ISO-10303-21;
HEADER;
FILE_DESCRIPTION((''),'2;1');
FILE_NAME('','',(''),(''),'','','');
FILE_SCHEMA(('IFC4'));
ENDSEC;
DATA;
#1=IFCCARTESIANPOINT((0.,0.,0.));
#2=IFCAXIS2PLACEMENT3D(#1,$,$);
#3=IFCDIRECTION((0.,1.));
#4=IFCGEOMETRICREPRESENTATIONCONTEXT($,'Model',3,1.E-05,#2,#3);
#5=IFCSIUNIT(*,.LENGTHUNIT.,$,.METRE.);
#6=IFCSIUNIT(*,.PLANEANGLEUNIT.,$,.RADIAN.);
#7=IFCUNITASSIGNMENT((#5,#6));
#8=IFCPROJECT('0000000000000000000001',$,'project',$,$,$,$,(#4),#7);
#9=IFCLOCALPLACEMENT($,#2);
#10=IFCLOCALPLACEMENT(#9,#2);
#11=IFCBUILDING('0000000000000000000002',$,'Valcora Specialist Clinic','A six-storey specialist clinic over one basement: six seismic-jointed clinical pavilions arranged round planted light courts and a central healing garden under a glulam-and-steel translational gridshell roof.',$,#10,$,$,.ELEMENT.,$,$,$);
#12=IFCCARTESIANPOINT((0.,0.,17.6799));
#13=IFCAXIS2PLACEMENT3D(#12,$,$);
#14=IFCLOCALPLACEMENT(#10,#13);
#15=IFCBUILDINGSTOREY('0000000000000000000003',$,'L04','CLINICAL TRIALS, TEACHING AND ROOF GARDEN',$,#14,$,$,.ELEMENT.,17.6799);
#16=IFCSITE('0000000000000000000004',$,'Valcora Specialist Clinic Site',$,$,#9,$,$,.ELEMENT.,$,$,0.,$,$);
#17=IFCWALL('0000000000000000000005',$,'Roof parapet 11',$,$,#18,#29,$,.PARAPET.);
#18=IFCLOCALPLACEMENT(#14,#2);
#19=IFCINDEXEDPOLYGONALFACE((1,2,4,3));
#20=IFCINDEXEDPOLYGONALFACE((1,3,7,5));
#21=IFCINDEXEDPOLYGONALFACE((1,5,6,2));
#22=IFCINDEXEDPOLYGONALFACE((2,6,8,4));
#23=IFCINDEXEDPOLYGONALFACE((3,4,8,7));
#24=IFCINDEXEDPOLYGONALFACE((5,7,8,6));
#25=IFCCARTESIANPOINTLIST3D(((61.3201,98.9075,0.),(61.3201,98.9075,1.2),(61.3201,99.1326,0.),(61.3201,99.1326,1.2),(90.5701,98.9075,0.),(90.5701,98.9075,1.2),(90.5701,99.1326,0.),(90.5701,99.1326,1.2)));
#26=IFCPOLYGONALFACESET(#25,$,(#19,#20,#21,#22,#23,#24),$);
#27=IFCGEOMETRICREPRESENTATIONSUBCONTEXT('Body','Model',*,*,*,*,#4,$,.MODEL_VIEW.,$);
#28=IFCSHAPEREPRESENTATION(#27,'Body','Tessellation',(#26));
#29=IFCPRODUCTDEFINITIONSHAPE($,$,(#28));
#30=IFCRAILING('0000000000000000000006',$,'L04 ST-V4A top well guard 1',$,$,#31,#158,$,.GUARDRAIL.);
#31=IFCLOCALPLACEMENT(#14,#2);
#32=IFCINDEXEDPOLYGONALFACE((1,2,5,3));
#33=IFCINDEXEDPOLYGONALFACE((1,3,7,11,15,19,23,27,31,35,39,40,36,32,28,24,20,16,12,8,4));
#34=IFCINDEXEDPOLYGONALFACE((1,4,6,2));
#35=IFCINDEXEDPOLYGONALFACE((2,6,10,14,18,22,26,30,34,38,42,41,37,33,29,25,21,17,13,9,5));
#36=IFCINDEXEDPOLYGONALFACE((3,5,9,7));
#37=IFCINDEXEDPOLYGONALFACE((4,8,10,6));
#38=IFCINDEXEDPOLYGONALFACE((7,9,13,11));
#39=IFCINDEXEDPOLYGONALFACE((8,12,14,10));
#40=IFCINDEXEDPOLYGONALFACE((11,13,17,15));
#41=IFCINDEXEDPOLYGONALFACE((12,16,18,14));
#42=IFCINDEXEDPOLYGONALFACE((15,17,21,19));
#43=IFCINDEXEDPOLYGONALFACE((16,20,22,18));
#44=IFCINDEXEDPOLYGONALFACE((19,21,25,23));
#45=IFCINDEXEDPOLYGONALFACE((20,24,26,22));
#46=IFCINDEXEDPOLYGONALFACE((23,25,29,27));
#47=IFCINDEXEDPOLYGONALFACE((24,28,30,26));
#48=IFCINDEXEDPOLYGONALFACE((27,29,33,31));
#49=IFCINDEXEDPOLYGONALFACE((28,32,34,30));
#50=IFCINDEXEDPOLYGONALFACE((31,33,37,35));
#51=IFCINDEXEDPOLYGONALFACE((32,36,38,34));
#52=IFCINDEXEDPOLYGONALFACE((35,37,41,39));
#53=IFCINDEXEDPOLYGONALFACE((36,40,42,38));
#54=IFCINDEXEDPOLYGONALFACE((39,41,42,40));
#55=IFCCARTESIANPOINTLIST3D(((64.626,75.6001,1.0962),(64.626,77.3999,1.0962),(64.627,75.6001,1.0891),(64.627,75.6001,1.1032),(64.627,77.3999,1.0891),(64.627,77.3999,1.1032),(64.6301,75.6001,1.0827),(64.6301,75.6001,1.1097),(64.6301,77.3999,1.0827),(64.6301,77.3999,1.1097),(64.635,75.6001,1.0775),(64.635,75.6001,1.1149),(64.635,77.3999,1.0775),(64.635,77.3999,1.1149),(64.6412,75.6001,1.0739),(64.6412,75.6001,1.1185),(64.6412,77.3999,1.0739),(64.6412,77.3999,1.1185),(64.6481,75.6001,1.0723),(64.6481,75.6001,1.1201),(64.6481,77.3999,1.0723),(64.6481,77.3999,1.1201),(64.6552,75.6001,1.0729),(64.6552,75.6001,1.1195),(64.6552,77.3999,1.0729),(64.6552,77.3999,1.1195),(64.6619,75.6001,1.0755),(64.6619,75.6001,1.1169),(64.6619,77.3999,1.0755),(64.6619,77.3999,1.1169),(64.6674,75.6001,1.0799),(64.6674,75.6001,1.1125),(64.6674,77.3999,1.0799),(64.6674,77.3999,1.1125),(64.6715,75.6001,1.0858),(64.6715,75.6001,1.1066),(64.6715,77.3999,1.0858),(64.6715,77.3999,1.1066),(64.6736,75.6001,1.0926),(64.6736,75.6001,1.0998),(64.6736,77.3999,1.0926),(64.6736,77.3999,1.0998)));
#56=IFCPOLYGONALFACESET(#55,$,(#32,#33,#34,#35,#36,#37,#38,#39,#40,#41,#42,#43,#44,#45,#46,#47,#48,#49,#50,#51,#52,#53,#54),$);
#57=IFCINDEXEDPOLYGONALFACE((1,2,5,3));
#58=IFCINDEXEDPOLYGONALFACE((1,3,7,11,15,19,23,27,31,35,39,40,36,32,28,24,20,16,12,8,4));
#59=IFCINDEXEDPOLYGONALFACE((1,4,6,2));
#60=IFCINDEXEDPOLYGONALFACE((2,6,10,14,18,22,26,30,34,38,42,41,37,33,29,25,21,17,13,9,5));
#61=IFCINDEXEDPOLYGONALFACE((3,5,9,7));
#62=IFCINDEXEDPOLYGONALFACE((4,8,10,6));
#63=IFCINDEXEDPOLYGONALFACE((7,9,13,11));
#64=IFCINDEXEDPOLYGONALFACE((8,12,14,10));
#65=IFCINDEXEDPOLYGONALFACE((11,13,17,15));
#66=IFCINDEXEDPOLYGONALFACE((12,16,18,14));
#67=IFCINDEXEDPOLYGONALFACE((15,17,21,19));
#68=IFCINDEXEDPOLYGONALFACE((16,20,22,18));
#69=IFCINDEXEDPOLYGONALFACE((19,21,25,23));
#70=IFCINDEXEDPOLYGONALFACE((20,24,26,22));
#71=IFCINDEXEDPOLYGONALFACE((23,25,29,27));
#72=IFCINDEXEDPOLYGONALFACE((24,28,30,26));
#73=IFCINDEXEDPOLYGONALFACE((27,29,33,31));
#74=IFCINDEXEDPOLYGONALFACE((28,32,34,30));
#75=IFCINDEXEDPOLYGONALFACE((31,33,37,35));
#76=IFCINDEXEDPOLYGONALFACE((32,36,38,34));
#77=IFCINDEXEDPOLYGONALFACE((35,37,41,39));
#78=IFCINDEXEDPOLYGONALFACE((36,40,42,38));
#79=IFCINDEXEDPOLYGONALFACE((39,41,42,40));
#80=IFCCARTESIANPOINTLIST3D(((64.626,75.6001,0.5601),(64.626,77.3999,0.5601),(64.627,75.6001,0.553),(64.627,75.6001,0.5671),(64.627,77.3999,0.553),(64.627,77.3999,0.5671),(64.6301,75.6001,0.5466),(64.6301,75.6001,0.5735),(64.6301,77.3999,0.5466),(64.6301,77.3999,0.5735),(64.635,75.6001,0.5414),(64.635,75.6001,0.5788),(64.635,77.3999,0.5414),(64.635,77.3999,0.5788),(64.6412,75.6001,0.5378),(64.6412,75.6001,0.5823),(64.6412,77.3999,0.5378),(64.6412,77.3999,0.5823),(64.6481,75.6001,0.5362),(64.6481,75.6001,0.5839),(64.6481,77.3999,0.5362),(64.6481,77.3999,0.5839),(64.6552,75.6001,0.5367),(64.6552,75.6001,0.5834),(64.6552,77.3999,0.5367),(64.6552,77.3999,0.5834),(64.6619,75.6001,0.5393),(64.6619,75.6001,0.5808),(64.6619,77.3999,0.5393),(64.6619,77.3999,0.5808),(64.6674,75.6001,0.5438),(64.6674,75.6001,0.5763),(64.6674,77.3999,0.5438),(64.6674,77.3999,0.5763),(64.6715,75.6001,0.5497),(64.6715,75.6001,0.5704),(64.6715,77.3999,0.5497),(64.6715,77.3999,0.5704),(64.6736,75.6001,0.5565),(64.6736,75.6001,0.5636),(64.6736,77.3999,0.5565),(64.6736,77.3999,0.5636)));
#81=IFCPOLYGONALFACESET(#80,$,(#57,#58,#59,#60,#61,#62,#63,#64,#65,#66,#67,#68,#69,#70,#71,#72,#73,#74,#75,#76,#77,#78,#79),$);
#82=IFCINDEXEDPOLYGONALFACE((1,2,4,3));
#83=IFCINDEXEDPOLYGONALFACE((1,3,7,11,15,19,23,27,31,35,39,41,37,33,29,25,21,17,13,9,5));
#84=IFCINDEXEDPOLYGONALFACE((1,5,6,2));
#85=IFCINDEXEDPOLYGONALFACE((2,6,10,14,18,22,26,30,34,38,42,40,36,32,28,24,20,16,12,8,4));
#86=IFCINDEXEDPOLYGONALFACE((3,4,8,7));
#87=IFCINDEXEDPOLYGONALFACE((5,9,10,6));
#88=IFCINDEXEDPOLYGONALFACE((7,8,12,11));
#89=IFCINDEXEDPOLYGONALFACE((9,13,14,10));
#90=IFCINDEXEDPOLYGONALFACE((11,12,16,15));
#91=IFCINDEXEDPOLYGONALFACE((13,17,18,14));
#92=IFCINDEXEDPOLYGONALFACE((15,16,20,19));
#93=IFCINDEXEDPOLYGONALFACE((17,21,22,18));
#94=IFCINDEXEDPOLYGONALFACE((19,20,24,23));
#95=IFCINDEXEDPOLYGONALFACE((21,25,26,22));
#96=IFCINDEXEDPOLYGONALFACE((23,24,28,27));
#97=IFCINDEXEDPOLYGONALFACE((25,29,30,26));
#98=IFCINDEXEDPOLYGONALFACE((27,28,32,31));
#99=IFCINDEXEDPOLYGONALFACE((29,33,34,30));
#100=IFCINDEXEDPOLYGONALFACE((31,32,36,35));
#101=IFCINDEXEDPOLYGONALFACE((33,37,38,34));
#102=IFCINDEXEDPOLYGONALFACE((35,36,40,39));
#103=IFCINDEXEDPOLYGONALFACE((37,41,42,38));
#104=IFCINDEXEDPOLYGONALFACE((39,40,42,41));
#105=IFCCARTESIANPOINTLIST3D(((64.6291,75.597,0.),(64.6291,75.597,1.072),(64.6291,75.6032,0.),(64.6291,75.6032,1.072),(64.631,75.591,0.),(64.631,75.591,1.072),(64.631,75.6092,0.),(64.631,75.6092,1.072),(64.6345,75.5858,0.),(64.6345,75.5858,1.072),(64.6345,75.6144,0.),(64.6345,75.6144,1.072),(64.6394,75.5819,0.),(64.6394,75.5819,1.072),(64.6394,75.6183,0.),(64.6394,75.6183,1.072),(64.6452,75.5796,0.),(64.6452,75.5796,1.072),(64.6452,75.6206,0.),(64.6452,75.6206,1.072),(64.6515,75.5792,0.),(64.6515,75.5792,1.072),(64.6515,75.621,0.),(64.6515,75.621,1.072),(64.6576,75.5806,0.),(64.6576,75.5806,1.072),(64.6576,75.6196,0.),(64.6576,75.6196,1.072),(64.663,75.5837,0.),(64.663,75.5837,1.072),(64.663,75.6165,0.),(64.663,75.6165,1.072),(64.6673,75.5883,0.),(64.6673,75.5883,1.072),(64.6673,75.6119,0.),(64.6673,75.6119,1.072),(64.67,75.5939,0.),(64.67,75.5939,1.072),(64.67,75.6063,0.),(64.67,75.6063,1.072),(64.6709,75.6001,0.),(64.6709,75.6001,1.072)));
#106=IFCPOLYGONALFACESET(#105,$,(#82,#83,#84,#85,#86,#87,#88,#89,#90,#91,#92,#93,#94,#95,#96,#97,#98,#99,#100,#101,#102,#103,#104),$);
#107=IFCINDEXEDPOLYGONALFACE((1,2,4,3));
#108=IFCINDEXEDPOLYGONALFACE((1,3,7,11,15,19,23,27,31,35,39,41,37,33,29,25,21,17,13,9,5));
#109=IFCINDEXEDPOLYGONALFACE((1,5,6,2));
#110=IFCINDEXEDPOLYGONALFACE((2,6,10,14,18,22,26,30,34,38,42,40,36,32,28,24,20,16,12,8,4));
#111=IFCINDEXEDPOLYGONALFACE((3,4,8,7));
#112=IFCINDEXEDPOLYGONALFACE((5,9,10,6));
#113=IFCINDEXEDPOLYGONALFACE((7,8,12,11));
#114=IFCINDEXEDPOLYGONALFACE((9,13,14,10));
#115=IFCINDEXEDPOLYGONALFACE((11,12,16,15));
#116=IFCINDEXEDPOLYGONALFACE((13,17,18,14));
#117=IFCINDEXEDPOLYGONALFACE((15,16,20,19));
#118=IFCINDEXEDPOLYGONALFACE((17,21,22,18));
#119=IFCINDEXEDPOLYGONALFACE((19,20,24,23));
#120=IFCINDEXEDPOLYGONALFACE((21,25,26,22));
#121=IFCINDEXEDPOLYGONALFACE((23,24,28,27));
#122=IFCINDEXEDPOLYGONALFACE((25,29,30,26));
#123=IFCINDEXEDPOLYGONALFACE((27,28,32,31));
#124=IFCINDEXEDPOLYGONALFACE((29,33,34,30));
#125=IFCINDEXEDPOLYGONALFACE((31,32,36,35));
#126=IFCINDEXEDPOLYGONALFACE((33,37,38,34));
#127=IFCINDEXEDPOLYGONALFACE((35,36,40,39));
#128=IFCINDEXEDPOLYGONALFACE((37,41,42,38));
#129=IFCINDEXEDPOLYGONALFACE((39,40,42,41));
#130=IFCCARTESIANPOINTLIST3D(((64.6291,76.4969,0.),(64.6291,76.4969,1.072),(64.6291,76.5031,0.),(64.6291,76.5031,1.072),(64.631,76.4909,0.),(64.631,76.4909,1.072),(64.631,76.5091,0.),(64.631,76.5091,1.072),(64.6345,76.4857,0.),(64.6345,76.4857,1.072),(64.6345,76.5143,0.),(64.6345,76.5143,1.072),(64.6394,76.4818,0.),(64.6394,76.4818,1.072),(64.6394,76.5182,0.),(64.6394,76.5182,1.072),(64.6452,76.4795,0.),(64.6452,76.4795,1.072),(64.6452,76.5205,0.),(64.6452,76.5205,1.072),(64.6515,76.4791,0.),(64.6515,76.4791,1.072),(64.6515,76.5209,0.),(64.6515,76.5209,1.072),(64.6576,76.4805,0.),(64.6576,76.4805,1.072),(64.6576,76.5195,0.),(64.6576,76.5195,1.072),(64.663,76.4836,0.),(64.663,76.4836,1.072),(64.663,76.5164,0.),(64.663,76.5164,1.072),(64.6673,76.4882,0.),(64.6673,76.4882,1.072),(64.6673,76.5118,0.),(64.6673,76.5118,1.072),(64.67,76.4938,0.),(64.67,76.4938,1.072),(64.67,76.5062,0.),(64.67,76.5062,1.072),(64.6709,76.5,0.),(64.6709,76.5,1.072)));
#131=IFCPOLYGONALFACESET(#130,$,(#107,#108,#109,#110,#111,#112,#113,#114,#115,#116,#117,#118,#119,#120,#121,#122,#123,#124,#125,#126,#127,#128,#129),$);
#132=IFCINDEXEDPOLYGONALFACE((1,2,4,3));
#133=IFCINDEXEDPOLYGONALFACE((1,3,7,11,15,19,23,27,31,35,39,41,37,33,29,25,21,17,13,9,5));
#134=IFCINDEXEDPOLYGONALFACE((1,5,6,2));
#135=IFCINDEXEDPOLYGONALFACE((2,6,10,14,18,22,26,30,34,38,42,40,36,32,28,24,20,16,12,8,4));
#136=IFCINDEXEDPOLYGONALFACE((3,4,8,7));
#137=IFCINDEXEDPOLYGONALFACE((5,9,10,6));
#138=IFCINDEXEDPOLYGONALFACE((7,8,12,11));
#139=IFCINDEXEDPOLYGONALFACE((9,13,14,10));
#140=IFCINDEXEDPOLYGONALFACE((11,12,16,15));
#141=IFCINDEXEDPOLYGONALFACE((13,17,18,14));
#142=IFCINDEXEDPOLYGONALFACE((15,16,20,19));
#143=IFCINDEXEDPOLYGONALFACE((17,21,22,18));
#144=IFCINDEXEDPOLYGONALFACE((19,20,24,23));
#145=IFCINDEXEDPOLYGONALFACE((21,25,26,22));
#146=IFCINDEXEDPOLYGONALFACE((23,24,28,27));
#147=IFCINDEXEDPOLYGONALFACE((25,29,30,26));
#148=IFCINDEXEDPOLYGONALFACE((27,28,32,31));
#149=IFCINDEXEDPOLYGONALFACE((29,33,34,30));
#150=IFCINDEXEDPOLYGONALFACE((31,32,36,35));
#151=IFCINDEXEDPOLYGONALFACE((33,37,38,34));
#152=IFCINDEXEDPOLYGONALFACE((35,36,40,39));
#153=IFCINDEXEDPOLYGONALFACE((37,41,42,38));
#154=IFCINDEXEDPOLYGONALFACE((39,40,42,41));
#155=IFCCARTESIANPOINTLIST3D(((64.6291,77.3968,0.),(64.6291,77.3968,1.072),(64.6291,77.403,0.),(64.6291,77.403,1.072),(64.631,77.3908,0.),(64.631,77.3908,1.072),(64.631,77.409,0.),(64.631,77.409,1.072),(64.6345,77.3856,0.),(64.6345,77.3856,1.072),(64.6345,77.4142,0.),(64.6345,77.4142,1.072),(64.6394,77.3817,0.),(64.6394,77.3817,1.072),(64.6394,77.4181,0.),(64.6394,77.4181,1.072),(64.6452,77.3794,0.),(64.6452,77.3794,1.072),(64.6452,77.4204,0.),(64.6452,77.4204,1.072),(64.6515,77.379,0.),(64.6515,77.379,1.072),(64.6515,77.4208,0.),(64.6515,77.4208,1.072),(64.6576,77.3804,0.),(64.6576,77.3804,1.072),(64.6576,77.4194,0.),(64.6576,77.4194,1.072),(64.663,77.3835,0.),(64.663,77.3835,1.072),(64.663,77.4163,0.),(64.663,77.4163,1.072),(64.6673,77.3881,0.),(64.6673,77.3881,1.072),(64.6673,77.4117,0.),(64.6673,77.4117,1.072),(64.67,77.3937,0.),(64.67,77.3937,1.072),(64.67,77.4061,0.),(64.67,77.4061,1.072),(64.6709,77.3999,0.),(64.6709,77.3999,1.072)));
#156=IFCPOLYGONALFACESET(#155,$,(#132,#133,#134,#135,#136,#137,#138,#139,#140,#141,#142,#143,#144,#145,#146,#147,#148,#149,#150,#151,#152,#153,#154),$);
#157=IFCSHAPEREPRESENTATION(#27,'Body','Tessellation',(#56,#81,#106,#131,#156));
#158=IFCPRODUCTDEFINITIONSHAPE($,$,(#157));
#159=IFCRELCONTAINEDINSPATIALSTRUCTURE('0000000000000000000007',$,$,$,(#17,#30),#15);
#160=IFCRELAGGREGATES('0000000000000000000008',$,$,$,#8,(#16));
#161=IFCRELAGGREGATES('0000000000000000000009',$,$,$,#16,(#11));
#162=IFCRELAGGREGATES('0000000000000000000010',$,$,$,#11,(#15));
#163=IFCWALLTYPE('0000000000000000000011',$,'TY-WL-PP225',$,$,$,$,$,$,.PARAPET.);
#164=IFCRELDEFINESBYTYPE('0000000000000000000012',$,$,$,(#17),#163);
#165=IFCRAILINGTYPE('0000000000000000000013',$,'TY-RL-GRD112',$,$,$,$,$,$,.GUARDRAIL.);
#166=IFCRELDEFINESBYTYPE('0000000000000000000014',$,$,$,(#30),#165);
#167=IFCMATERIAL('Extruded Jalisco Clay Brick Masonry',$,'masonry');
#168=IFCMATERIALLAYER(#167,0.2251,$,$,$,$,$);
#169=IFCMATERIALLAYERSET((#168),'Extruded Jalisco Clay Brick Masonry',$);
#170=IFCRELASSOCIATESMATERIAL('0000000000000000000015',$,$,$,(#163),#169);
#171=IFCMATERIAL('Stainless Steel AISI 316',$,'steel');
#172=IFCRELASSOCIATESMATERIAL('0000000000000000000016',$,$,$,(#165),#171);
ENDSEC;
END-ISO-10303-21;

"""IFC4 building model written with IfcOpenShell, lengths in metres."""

from ifc_helpers import new_model, si_unit, direction, frame, frame_2d, origin, origin_2d, place, context, subcontext, project, spatial, rectangle, circle, extrude, material, layer, layer_set, type_object, element, save


model = new_model("IFC4")

# Units and contexts
model_context = context("Model", 3, precision=1e-05, world=origin(), true_north=direction((0.0, 1.0)))
body_context = subcontext(model_context, "Body", "Model", "MODEL_VIEW")
ifc_project = project(units=[si_unit("LENGTHUNIT", "METRE"), si_unit("PLANEANGLEUNIT", "RADIAN")], contexts=[model_context])

# Site, building, storey
site_placement = place(None, origin())
site = spatial("IfcSite", under=ifc_project, at=site_placement, Name="Valcora Specialist Clinic Site", CompositionType="ELEMENT", RefElevation=0.0)
building_placement = place(site_placement, origin())
building = spatial("IfcBuilding", under=site, at=building_placement, Name="Valcora Specialist Clinic", Description="A six-storey specialist clinic over one basement: six seismic-jointed clinical pavilions arranged round planted light courts and a central healing garden under a glulam-and-steel translational gridshell roof.", CompositionType="ELEMENT")
storey_placement = place(building_placement, frame((0.0, 0.0, 17.6799)))
storey = spatial("IfcBuildingStorey", under=building, at=storey_placement, Name="L04", Description="CLINICAL TRIALS, TEACHING AND ROOF GARDEN", CompositionType="ELEMENT", Elevation=17.6799)

# Shared definitions
ifc_material_1 = material(Name="Extruded Jalisco Clay Brick Masonry", Category="masonry")

# Wall
ifc_layer_1 = layer(ifc_material_1, 0.2251)
ifc_layer_set_1 = layer_set([ifc_layer_1], Name="Extruded Jalisco Clay Brick Masonry")
wall_type_1 = type_object("IfcWallType", Name="TY-WL-PP225", PredefinedType="PARAPET", material=ifc_layer_set_1)
wall_1_placement = place(storey_placement, frame((61.3201, 99.02, 0.0), z_axis=(0.0, 0.0, 1.0), x_axis=(1.0, 0.0, 0.0)))
element("IfcWall", 1, at=wall_1_placement, inside=storey, type_object=wall_type_1, Name="Roof parapet 11", PredefinedType="PARAPET", context=body_context, shape_type="SweptSolid", body=[
    extrude(rectangle(XDim=29.25, YDim=0.2251, at=frame_2d((14.625, 0.0))), origin(), (0.0, 0.0, 1.0), 1.2),
])

# Railing
ifc_material_2 = material(Name="Stainless Steel AISI 316", Category="steel")
railing_type = type_object("IfcRailingType", Name="TY-RL-GRD112", PredefinedType="GUARDRAIL", material=ifc_material_2)
railing_placement = place(storey_placement, frame((64.6499, 75.6001, 0.0)))
element("IfcRailing", 2, at=railing_placement, inside=storey, type_object=railing_type, Name="L04 ST-V4A top well guard 1", PredefinedType="GUARDRAIL", context=body_context, shape_type="SweptSolid", body=[
    extrude(circle(Radius=0.0239, at=origin_2d()), frame((0.0, 0.0, 1.0962), z_axis=(0.0, 1.0, 0.0), x_axis=(-1.0, 0.0, 0.0)), (0.0, 0.0, 1.0), 1.7998),
    extrude(circle(Radius=0.0239, at=origin_2d()), frame((0.0, 0.0, 0.5601), z_axis=(0.0, 1.0, 0.0), x_axis=(-1.0, 0.0, 0.0)), (0.0, 0.0, 1.0), 1.7998),
    extrude(circle(Radius=0.021, at=origin_2d()), origin(), (0.0, 0.0, 1.0), 1.072),
    extrude(circle(Radius=0.021, at=origin_2d()), frame((0.0, 0.8999, 0.0)), (0.0, 0.0, 1.0), 1.072),
    extrude(circle(Radius=0.021, at=origin_2d()), frame((0.0, 1.7998, 0.0)), (0.0, 0.0, 1.0), 1.072),
])

save(model, "model.ifc")
